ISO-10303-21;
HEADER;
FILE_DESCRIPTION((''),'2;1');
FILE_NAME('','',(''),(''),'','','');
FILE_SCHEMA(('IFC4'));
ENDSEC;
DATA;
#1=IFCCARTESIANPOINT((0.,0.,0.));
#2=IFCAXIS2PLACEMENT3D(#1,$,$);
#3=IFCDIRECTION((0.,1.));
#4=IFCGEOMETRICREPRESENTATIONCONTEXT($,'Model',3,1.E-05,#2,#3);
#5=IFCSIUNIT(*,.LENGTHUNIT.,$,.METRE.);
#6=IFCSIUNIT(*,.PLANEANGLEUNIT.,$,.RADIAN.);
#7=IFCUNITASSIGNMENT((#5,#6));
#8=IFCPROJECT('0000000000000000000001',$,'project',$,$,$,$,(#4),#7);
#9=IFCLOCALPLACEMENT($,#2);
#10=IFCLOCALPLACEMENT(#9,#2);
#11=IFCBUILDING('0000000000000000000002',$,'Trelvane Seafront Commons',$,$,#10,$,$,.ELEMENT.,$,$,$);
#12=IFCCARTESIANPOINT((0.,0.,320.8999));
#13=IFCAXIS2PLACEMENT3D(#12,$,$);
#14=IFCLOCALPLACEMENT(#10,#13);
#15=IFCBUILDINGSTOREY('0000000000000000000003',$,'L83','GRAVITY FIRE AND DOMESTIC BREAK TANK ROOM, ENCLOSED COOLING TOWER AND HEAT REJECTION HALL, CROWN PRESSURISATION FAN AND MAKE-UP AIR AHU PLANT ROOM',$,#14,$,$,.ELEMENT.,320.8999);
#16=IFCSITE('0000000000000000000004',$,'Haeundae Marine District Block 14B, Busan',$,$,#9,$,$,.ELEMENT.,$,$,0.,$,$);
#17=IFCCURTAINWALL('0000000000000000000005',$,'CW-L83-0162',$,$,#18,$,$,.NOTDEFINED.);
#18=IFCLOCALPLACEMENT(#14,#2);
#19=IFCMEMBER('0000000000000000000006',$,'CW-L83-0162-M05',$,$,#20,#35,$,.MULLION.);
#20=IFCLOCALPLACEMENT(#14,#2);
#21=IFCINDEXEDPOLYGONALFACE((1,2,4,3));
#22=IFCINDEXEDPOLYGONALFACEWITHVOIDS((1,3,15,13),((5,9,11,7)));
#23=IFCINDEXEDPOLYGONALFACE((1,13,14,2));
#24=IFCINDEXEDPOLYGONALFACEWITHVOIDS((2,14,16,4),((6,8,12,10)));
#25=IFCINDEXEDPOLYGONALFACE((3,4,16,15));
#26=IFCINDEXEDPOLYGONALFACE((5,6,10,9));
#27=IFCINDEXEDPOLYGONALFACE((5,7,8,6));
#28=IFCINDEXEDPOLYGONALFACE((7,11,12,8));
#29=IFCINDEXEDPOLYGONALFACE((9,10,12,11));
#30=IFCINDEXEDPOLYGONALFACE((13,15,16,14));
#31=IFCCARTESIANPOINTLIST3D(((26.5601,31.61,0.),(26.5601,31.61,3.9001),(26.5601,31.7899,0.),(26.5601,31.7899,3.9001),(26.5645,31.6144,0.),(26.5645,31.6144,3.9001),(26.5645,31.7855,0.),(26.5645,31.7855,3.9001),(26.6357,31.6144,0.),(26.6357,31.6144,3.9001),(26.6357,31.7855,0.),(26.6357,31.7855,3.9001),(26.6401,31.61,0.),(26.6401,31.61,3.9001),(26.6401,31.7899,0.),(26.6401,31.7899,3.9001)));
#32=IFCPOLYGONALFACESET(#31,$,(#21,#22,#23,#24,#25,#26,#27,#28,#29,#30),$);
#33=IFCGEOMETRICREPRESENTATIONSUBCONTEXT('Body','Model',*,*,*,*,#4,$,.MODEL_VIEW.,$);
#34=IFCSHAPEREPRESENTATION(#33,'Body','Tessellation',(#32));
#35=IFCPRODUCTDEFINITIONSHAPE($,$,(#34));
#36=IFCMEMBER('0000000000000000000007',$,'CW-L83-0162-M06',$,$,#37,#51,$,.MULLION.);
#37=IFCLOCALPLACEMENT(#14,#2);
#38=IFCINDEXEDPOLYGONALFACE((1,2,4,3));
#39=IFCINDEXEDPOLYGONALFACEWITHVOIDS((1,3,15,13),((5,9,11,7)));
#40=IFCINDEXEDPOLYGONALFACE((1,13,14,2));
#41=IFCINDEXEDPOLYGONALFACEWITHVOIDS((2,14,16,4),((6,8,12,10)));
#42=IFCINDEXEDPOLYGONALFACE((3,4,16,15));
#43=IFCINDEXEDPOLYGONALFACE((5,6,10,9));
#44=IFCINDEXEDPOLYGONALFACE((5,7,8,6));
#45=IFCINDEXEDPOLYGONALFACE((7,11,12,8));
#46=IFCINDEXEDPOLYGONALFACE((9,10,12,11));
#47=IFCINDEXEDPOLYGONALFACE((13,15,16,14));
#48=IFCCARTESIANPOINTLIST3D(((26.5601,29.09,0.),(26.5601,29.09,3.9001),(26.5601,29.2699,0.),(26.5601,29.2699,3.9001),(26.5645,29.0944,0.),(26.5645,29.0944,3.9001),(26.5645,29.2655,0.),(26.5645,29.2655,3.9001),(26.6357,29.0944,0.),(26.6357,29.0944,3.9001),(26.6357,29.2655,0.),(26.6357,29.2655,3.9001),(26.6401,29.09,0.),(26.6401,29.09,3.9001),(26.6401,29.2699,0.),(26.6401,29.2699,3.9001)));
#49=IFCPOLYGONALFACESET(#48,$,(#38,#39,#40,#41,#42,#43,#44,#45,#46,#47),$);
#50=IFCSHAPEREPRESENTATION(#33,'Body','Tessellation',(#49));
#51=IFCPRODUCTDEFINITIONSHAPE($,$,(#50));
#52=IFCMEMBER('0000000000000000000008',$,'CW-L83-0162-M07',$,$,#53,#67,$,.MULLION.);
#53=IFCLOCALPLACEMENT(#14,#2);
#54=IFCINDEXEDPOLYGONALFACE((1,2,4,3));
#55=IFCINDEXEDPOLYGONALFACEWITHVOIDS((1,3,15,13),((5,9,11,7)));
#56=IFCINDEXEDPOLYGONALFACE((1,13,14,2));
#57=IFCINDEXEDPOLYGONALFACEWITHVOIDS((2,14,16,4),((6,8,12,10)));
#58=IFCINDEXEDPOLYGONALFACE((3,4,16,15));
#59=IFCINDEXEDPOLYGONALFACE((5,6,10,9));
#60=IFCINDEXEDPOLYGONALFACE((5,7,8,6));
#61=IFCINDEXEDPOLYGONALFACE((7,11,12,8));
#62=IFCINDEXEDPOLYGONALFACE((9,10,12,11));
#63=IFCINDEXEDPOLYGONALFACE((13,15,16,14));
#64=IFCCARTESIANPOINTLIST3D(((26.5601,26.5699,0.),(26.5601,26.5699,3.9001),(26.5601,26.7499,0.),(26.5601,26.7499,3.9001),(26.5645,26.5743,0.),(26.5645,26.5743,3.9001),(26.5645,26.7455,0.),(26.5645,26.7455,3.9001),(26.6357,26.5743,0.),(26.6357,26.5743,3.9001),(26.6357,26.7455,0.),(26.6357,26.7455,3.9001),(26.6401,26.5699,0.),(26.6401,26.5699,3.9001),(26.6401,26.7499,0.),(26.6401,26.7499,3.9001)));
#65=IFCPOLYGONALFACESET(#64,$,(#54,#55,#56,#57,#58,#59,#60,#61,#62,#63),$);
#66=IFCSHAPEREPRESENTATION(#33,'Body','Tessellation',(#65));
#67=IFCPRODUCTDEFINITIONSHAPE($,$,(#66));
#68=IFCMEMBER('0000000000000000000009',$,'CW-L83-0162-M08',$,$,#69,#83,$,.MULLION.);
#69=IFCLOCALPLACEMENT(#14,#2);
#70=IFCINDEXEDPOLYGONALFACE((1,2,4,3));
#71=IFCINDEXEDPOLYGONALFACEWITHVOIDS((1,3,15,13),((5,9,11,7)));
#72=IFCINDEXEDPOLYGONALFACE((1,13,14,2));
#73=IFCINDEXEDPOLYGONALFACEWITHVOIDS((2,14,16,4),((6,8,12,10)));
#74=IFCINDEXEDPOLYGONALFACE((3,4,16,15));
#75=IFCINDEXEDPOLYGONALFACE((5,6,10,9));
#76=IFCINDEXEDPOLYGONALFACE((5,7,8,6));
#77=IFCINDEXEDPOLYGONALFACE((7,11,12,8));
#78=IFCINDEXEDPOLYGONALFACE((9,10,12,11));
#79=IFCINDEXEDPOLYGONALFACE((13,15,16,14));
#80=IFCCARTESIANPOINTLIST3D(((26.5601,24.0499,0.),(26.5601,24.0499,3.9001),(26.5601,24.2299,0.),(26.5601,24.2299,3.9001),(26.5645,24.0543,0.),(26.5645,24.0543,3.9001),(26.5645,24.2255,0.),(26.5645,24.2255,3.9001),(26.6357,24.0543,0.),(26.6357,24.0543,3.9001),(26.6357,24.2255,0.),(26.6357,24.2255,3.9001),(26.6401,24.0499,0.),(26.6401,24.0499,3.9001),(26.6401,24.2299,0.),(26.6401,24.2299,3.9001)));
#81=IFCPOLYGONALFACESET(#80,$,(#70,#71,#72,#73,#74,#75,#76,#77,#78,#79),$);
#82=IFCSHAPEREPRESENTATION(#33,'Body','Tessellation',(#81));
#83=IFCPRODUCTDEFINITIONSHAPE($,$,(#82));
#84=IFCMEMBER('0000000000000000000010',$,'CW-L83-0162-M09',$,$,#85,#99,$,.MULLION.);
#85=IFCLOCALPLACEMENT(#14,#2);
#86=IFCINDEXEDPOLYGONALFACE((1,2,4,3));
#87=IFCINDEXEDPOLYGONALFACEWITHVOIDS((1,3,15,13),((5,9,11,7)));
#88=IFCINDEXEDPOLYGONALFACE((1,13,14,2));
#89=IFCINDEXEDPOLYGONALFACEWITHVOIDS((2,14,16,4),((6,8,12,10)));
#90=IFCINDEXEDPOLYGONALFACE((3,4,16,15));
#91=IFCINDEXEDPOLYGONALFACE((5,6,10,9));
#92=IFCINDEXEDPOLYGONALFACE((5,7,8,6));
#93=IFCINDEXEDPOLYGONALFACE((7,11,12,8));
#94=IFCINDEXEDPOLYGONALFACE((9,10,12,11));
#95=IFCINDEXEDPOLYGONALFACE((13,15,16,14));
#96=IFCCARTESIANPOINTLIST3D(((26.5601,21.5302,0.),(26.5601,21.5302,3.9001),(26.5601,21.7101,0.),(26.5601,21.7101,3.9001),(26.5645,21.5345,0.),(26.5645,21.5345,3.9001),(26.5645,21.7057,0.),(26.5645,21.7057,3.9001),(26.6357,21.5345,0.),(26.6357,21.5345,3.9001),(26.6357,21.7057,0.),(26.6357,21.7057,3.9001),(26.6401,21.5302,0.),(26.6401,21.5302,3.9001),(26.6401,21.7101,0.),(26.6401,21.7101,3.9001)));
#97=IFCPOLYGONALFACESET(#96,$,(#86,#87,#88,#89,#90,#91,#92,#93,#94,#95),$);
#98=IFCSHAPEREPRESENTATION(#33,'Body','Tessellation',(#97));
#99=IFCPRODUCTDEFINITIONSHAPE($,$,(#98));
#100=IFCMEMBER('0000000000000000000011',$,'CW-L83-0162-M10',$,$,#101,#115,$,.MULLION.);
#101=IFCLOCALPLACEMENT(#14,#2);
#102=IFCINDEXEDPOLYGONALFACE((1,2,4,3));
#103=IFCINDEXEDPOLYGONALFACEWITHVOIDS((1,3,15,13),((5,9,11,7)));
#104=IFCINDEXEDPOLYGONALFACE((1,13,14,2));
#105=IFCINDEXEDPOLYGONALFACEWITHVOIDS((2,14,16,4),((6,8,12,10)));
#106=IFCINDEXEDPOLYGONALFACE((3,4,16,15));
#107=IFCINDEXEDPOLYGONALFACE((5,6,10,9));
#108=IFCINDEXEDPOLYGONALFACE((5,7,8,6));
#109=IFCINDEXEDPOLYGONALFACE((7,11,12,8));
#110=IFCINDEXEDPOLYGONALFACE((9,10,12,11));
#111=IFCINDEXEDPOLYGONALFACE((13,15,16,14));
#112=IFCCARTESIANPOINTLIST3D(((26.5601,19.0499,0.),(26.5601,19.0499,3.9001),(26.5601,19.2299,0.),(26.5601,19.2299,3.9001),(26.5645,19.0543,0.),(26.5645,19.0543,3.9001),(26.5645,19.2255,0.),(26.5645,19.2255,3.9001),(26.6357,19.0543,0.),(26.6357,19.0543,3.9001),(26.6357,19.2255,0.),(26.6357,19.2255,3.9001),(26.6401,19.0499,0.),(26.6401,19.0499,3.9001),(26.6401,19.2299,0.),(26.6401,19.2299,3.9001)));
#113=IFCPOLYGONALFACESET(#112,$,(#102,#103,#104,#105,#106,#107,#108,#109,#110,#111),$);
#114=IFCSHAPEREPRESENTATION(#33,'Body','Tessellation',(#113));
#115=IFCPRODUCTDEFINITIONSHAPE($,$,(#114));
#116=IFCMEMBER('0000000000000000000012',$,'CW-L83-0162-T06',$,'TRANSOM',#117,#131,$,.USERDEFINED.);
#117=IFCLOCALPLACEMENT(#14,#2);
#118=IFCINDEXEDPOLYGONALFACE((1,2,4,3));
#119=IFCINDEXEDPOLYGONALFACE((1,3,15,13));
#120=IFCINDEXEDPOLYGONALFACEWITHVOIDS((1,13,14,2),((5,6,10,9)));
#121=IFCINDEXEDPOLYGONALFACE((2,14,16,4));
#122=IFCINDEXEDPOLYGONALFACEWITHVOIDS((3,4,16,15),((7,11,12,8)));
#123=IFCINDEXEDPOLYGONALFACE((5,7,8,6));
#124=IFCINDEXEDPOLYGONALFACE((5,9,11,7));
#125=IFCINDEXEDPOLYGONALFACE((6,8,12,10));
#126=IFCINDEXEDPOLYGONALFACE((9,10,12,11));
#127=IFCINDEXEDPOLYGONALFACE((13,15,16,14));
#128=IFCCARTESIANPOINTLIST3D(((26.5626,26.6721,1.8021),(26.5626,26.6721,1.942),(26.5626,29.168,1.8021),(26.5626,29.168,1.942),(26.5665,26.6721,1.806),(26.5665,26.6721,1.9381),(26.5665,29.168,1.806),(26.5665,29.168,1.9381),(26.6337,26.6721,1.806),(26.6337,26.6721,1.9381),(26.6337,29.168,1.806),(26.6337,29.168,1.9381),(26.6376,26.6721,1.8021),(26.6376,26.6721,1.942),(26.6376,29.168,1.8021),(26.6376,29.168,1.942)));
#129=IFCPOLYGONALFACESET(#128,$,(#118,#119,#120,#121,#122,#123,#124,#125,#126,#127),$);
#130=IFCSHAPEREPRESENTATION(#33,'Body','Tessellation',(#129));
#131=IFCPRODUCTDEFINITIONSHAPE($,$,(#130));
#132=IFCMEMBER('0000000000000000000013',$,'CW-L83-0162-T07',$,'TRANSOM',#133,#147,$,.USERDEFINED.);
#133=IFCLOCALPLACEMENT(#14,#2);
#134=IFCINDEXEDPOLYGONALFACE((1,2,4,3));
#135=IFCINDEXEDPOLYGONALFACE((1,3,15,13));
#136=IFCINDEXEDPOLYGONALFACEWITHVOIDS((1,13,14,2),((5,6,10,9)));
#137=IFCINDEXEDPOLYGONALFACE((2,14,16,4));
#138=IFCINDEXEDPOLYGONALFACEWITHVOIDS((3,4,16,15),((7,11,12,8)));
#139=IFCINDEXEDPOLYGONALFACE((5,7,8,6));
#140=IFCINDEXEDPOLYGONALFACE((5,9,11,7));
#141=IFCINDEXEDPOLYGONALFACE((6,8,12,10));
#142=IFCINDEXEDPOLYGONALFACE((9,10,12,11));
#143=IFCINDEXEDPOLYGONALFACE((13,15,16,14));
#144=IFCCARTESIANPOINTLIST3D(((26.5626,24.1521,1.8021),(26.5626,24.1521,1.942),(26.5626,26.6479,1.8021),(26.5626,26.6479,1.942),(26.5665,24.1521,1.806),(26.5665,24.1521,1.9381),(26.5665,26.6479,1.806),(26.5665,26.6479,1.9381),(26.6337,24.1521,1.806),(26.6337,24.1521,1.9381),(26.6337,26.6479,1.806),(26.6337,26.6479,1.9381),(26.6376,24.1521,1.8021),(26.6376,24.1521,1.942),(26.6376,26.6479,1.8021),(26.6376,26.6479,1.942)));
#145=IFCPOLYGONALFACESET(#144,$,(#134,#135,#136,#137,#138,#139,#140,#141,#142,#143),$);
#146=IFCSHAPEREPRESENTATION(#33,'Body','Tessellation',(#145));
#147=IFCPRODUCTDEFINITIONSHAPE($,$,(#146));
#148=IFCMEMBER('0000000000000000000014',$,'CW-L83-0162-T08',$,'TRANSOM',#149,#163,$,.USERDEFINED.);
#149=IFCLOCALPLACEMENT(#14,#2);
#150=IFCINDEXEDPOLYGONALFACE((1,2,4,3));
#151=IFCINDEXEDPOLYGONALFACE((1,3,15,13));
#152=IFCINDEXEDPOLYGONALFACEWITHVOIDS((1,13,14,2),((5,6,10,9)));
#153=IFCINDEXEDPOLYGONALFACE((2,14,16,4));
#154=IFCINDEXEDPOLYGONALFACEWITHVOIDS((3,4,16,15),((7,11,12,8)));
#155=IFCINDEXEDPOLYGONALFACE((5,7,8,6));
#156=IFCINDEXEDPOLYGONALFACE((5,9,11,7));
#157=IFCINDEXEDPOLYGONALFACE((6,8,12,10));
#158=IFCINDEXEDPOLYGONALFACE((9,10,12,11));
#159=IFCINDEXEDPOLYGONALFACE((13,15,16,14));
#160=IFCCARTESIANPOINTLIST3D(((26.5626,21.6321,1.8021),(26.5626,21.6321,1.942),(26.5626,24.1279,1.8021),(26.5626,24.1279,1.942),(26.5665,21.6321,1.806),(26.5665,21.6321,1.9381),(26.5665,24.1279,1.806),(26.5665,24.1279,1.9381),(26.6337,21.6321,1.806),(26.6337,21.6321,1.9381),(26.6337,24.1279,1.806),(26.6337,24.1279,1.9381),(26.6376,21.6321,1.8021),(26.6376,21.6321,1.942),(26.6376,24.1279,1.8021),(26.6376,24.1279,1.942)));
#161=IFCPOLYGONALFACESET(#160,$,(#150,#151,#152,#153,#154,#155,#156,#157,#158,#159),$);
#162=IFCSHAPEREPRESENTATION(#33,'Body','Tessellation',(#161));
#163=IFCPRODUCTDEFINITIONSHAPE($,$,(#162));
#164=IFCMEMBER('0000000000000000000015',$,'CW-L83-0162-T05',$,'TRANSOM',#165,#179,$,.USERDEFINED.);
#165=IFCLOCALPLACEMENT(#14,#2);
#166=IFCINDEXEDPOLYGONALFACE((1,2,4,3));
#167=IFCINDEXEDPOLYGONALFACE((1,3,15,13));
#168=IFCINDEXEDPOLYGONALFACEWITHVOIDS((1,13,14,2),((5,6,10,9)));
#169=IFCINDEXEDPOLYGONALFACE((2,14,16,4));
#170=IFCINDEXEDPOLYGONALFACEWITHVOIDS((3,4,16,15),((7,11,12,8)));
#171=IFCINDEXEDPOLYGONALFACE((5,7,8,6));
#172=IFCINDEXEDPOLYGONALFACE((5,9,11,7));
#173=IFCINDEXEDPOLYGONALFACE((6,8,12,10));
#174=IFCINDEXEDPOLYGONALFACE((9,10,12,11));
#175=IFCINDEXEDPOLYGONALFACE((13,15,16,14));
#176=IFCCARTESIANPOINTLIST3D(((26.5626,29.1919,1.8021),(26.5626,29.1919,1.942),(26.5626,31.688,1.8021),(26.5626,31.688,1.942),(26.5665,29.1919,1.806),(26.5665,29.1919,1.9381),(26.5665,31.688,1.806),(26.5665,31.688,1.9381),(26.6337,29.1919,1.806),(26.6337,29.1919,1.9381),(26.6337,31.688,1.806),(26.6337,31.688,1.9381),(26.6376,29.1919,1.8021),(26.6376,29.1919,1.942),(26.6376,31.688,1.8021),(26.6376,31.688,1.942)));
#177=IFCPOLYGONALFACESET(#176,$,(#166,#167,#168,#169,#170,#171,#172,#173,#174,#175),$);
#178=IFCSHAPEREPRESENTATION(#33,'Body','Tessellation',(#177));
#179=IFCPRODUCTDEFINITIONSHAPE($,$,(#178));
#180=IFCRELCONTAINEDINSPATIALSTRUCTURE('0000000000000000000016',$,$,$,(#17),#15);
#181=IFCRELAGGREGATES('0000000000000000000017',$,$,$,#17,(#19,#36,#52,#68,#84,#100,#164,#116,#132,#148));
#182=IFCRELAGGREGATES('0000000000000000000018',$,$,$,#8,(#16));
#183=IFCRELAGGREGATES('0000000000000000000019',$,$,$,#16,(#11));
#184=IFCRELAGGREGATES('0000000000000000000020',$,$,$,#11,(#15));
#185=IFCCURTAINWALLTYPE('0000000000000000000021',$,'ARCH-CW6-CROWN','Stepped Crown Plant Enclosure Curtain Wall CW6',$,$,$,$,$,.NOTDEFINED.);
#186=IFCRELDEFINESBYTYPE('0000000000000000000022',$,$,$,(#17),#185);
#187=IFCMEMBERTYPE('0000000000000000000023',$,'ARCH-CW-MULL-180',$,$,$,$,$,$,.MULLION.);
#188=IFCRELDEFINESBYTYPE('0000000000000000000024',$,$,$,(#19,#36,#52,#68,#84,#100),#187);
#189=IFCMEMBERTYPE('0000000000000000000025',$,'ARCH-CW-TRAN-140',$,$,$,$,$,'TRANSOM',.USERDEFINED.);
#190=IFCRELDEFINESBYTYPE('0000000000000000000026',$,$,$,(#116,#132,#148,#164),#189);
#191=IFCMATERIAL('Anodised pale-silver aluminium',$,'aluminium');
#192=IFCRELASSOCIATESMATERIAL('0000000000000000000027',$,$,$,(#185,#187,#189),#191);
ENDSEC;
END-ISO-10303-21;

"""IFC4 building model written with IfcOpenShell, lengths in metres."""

from ifc_helpers import new_model, si_unit, direction, frame, origin, origin_2d, place, context, subcontext, project, spatial, hollow_rectangle, extrude, source, transform, mapped, material, material_profile, profile_set, type_object, element, aggregate, save


model = new_model("IFC4")

# Units and contexts
model_context = context("Model", 3, precision=1e-05, world=origin(), true_north=direction((0.0, 1.0)))
body_context = subcontext(model_context, "Body", "Model", "MODEL_VIEW")
ifc_project = project(units=[si_unit("LENGTHUNIT", "METRE"), si_unit("PLANEANGLEUNIT", "RADIAN")], contexts=[model_context])

# Site, building, storey
site_placement = place(None, origin())
site = spatial("IfcSite", under=ifc_project, at=site_placement, Name="Haeundae Marine District Block 14B, Busan", CompositionType="ELEMENT", RefElevation=0.0)
building_placement = place(site_placement, origin())
building = spatial("IfcBuilding", under=site, at=building_placement, Name="Trelvane Seafront Commons", CompositionType="ELEMENT")
storey_placement = place(building_placement, frame((0.0, 0.0, 320.8999)))
storey = spatial("IfcBuildingStorey", under=building, at=storey_placement, Name="L83", Description="GRAVITY FIRE AND DOMESTIC BREAK TANK ROOM, ENCLOSED COOLING TOWER AND HEAT REJECTION HALL, CROWN PRESSURISATION FAN AND MAKE-UP AIR AHU PLANT ROOM", CompositionType="ELEMENT", Elevation=320.8999)

# Curtain wall, members
ifc_material_1 = material(Name="Anodised pale-silver aluminium", Category="aluminium")
curtain_wall_type = type_object("IfcCurtainWallType", Name="ARCH-CW6-CROWN", Description="Stepped Crown Plant Enclosure Curtain Wall CW6", PredefinedType="NOTDEFINED", material=ifc_material_1)
curtain_wall_placement = place(storey_placement, origin())
curtain_wall = element("IfcCurtainWall", 1, at=curtain_wall_placement, inside=storey, type_object=curtain_wall_type, Name="CW-L83-0162", PredefinedType="NOTDEFINED")
ifc_material_profile_1 = material_profile(ifc_material_1, hollow_rectangle(XDim=0.0801, YDim=0.1799, WallThickness=0.0044, at=origin_2d()), Name="MULL-80x180x4.5")
ifc_profile_set_1 = profile_set([ifc_material_profile_1], Name="Anodised pale-silver aluminium")
member_type_1 = type_object("IfcMemberType", Name="ARCH-CW-MULL-180", PredefinedType="MULLION", material=ifc_profile_set_1)
shared_shape_1 = source(origin(), body_context, "Body", "SweptSolid", [
    extrude(hollow_rectangle(XDim=0.0801, YDim=0.1799, WallThickness=0.0044, at=origin_2d()), origin(), (0.0, 0.0, 1.0), 3.9001),
])
member_1_placement = place(storey_placement, frame((26.6001, 31.7, 0.0), z_axis=(0.0, 0.0, 1.0), x_axis=(1.0, 0.0, 0.0)))
member_1 = element("IfcMember", 2, at=member_1_placement, type_object=member_type_1, Name="CW-L83-0162-M05", PredefinedType="MULLION", context=body_context, shape_type="MappedRepresentation", body=[
    mapped(shared_shape_1, transform((0.0, 0.0, 0.0), x_axis=(1.0, 0.0, 0.0), y_axis=(0.0, 1.0, 0.0), z_axis=(0.0, 0.0, 1.0), scale=1.0)),
])
member_2_placement = place(storey_placement, frame((26.6001, 29.1799, 0.0), z_axis=(0.0, 0.0, 1.0), x_axis=(1.0, 0.0, 0.0)))
member_2 = element("IfcMember", 3, at=member_2_placement, type_object=member_type_1, Name="CW-L83-0162-M06", PredefinedType="MULLION", context=body_context, shape_type="MappedRepresentation", body=[
    mapped(shared_shape_1, transform((0.0, 0.0, 0.0), x_axis=(1.0, 0.0, 0.0), y_axis=(0.0, 1.0, 0.0), z_axis=(0.0, 0.0, 1.0), scale=1.0)),
])
member_3_placement = place(storey_placement, frame((26.6001, 26.6599, 0.0), z_axis=(0.0, 0.0, 1.0), x_axis=(1.0, 0.0, 0.0)))
member_3 = element("IfcMember", 4, at=member_3_placement, type_object=member_type_1, Name="CW-L83-0162-M07", PredefinedType="MULLION", context=body_context, shape_type="MappedRepresentation", body=[
    mapped(shared_shape_1, transform((0.0, 0.0, 0.0), x_axis=(1.0, 0.0, 0.0), y_axis=(0.0, 1.0, 0.0), z_axis=(0.0, 0.0, 1.0), scale=1.0)),
])
member_4_placement = place(storey_placement, frame((26.6001, 24.1399, 0.0), z_axis=(0.0, 0.0, 1.0), x_axis=(1.0, 0.0, 0.0)))
member_4 = element("IfcMember", 5, at=member_4_placement, type_object=member_type_1, Name="CW-L83-0162-M08", PredefinedType="MULLION", context=body_context, shape_type="MappedRepresentation", body=[
    mapped(shared_shape_1, transform((0.0, 0.0, 0.0), x_axis=(1.0, 0.0, 0.0), y_axis=(0.0, 1.0, 0.0), z_axis=(0.0, 0.0, 1.0), scale=1.0)),
])
member_5_placement = place(storey_placement, frame((26.6001, 21.6201, 0.0), z_axis=(0.0, 0.0, 1.0), x_axis=(1.0, 0.0, 0.0)))
member_5 = element("IfcMember", 6, at=member_5_placement, type_object=member_type_1, Name="CW-L83-0162-M09", PredefinedType="MULLION", context=body_context, shape_type="MappedRepresentation", body=[
    mapped(shared_shape_1, transform((0.0, 0.0, 0.0), x_axis=(1.0, 0.0, 0.0), y_axis=(0.0, 1.0, 0.0), z_axis=(0.0, 0.0, 1.0), scale=1.0)),
])
member_6_placement = place(storey_placement, frame((26.6001, 19.1399, 0.0), z_axis=(0.0, 0.0, 1.0), x_axis=(1.0, 0.0, 0.0)))
member_6 = element("IfcMember", 7, at=member_6_placement, type_object=member_type_1, Name="CW-L83-0162-M10", PredefinedType="MULLION", context=body_context, shape_type="MappedRepresentation", body=[
    mapped(shared_shape_1, transform((0.0, 0.0, 0.0), x_axis=(1.0, 0.0, 0.0), y_axis=(0.0, 1.0, 0.0), z_axis=(0.0, 0.0, 1.0), scale=1.0)),
])
ifc_material_profile_2 = material_profile(ifc_material_1, hollow_rectangle(XDim=0.075, YDim=0.1399, WallThickness=0.0039, at=origin_2d()), Name="TRAN-75x140x4")
ifc_profile_set_2 = profile_set([ifc_material_profile_2], Name="Anodised pale-silver aluminium")
member_type_2 = type_object("IfcMemberType", Name="ARCH-CW-TRAN-140", ElementType="TRANSOM", PredefinedType="USERDEFINED", material=ifc_profile_set_2)
shared_shape_2 = source(origin(), body_context, "Body", "SweptSolid", [
    extrude(hollow_rectangle(XDim=0.075, YDim=0.1399, WallThickness=0.0039, at=origin_2d()), origin(), (0.0, 0.0, 1.0), 2.4958),
])
member_7_placement = place(storey_placement, frame((26.6001, 29.168, 1.8721), z_axis=(0.0, -1.0, 0.0), x_axis=(1.0, 0.0, 0.0)))
member_7 = element("IfcMember", 8, at=member_7_placement, type_object=member_type_2, Name="CW-L83-0162-T06", ObjectType="TRANSOM", PredefinedType="USERDEFINED", context=body_context, shape_type="MappedRepresentation", body=[
    mapped(shared_shape_2, transform((0.0, 0.0, 0.0), x_axis=(1.0, 0.0, 0.0), y_axis=(0.0, 1.0, 0.0), z_axis=(0.0, 0.0, 1.0), scale=1.0)),
])
member_8_placement = place(storey_placement, frame((26.6001, 26.6479, 1.8721), z_axis=(0.0, -1.0, 0.0), x_axis=(1.0, 0.0, 0.0)))
member_8 = element("IfcMember", 9, at=member_8_placement, type_object=member_type_2, Name="CW-L83-0162-T07", ObjectType="TRANSOM", PredefinedType="USERDEFINED", context=body_context, shape_type="MappedRepresentation", body=[
    mapped(shared_shape_2, transform((0.0, 0.0, 0.0), x_axis=(1.0, 0.0, 0.0), y_axis=(0.0, 1.0, 0.0), z_axis=(0.0, 0.0, 1.0), scale=1.0)),
])
member_9_placement = place(storey_placement, frame((26.6001, 24.1279, 1.8721), z_axis=(0.0, -1.0, 0.0), x_axis=(1.0, 0.0, 0.0)))
member_9 = element("IfcMember", 10, at=member_9_placement, type_object=member_type_2, Name="CW-L83-0162-T08", ObjectType="TRANSOM", PredefinedType="USERDEFINED", context=body_context, shape_type="MappedRepresentation", body=[
    mapped(shared_shape_2, transform((0.0, 0.0, 0.0), x_axis=(1.0, 0.0, 0.0), y_axis=(0.0, 1.0, 0.0), z_axis=(0.0, 0.0, 1.0), scale=1.0)),
])
shared_shape_3 = source(origin(), body_context, "Body", "SweptSolid", [
    extrude(hollow_rectangle(XDim=0.075, YDim=0.1399, WallThickness=0.0039, at=origin_2d()), origin(), (0.0, 0.0, 1.0), 2.4961),
])
member_10_placement = place(storey_placement, frame((26.6001, 31.688, 1.8721), z_axis=(0.0, -1.0, 0.0), x_axis=(1.0, 0.0, 0.0)))
member_10 = element("IfcMember", 11, at=member_10_placement, type_object=member_type_2, Name="CW-L83-0162-T05", ObjectType="TRANSOM", PredefinedType="USERDEFINED", context=body_context, shape_type="MappedRepresentation", body=[
    mapped(shared_shape_3, transform((0.0, 0.0, 0.0), x_axis=(1.0, 0.0, 0.0), y_axis=(0.0, 1.0, 0.0), z_axis=(0.0, 0.0, 1.0), scale=1.0)),
])
aggregate(curtain_wall, [member_1, member_2, member_3, member_4, member_5, member_6, member_10, member_7, member_8, member_9])

save(model, "model.ifc")
